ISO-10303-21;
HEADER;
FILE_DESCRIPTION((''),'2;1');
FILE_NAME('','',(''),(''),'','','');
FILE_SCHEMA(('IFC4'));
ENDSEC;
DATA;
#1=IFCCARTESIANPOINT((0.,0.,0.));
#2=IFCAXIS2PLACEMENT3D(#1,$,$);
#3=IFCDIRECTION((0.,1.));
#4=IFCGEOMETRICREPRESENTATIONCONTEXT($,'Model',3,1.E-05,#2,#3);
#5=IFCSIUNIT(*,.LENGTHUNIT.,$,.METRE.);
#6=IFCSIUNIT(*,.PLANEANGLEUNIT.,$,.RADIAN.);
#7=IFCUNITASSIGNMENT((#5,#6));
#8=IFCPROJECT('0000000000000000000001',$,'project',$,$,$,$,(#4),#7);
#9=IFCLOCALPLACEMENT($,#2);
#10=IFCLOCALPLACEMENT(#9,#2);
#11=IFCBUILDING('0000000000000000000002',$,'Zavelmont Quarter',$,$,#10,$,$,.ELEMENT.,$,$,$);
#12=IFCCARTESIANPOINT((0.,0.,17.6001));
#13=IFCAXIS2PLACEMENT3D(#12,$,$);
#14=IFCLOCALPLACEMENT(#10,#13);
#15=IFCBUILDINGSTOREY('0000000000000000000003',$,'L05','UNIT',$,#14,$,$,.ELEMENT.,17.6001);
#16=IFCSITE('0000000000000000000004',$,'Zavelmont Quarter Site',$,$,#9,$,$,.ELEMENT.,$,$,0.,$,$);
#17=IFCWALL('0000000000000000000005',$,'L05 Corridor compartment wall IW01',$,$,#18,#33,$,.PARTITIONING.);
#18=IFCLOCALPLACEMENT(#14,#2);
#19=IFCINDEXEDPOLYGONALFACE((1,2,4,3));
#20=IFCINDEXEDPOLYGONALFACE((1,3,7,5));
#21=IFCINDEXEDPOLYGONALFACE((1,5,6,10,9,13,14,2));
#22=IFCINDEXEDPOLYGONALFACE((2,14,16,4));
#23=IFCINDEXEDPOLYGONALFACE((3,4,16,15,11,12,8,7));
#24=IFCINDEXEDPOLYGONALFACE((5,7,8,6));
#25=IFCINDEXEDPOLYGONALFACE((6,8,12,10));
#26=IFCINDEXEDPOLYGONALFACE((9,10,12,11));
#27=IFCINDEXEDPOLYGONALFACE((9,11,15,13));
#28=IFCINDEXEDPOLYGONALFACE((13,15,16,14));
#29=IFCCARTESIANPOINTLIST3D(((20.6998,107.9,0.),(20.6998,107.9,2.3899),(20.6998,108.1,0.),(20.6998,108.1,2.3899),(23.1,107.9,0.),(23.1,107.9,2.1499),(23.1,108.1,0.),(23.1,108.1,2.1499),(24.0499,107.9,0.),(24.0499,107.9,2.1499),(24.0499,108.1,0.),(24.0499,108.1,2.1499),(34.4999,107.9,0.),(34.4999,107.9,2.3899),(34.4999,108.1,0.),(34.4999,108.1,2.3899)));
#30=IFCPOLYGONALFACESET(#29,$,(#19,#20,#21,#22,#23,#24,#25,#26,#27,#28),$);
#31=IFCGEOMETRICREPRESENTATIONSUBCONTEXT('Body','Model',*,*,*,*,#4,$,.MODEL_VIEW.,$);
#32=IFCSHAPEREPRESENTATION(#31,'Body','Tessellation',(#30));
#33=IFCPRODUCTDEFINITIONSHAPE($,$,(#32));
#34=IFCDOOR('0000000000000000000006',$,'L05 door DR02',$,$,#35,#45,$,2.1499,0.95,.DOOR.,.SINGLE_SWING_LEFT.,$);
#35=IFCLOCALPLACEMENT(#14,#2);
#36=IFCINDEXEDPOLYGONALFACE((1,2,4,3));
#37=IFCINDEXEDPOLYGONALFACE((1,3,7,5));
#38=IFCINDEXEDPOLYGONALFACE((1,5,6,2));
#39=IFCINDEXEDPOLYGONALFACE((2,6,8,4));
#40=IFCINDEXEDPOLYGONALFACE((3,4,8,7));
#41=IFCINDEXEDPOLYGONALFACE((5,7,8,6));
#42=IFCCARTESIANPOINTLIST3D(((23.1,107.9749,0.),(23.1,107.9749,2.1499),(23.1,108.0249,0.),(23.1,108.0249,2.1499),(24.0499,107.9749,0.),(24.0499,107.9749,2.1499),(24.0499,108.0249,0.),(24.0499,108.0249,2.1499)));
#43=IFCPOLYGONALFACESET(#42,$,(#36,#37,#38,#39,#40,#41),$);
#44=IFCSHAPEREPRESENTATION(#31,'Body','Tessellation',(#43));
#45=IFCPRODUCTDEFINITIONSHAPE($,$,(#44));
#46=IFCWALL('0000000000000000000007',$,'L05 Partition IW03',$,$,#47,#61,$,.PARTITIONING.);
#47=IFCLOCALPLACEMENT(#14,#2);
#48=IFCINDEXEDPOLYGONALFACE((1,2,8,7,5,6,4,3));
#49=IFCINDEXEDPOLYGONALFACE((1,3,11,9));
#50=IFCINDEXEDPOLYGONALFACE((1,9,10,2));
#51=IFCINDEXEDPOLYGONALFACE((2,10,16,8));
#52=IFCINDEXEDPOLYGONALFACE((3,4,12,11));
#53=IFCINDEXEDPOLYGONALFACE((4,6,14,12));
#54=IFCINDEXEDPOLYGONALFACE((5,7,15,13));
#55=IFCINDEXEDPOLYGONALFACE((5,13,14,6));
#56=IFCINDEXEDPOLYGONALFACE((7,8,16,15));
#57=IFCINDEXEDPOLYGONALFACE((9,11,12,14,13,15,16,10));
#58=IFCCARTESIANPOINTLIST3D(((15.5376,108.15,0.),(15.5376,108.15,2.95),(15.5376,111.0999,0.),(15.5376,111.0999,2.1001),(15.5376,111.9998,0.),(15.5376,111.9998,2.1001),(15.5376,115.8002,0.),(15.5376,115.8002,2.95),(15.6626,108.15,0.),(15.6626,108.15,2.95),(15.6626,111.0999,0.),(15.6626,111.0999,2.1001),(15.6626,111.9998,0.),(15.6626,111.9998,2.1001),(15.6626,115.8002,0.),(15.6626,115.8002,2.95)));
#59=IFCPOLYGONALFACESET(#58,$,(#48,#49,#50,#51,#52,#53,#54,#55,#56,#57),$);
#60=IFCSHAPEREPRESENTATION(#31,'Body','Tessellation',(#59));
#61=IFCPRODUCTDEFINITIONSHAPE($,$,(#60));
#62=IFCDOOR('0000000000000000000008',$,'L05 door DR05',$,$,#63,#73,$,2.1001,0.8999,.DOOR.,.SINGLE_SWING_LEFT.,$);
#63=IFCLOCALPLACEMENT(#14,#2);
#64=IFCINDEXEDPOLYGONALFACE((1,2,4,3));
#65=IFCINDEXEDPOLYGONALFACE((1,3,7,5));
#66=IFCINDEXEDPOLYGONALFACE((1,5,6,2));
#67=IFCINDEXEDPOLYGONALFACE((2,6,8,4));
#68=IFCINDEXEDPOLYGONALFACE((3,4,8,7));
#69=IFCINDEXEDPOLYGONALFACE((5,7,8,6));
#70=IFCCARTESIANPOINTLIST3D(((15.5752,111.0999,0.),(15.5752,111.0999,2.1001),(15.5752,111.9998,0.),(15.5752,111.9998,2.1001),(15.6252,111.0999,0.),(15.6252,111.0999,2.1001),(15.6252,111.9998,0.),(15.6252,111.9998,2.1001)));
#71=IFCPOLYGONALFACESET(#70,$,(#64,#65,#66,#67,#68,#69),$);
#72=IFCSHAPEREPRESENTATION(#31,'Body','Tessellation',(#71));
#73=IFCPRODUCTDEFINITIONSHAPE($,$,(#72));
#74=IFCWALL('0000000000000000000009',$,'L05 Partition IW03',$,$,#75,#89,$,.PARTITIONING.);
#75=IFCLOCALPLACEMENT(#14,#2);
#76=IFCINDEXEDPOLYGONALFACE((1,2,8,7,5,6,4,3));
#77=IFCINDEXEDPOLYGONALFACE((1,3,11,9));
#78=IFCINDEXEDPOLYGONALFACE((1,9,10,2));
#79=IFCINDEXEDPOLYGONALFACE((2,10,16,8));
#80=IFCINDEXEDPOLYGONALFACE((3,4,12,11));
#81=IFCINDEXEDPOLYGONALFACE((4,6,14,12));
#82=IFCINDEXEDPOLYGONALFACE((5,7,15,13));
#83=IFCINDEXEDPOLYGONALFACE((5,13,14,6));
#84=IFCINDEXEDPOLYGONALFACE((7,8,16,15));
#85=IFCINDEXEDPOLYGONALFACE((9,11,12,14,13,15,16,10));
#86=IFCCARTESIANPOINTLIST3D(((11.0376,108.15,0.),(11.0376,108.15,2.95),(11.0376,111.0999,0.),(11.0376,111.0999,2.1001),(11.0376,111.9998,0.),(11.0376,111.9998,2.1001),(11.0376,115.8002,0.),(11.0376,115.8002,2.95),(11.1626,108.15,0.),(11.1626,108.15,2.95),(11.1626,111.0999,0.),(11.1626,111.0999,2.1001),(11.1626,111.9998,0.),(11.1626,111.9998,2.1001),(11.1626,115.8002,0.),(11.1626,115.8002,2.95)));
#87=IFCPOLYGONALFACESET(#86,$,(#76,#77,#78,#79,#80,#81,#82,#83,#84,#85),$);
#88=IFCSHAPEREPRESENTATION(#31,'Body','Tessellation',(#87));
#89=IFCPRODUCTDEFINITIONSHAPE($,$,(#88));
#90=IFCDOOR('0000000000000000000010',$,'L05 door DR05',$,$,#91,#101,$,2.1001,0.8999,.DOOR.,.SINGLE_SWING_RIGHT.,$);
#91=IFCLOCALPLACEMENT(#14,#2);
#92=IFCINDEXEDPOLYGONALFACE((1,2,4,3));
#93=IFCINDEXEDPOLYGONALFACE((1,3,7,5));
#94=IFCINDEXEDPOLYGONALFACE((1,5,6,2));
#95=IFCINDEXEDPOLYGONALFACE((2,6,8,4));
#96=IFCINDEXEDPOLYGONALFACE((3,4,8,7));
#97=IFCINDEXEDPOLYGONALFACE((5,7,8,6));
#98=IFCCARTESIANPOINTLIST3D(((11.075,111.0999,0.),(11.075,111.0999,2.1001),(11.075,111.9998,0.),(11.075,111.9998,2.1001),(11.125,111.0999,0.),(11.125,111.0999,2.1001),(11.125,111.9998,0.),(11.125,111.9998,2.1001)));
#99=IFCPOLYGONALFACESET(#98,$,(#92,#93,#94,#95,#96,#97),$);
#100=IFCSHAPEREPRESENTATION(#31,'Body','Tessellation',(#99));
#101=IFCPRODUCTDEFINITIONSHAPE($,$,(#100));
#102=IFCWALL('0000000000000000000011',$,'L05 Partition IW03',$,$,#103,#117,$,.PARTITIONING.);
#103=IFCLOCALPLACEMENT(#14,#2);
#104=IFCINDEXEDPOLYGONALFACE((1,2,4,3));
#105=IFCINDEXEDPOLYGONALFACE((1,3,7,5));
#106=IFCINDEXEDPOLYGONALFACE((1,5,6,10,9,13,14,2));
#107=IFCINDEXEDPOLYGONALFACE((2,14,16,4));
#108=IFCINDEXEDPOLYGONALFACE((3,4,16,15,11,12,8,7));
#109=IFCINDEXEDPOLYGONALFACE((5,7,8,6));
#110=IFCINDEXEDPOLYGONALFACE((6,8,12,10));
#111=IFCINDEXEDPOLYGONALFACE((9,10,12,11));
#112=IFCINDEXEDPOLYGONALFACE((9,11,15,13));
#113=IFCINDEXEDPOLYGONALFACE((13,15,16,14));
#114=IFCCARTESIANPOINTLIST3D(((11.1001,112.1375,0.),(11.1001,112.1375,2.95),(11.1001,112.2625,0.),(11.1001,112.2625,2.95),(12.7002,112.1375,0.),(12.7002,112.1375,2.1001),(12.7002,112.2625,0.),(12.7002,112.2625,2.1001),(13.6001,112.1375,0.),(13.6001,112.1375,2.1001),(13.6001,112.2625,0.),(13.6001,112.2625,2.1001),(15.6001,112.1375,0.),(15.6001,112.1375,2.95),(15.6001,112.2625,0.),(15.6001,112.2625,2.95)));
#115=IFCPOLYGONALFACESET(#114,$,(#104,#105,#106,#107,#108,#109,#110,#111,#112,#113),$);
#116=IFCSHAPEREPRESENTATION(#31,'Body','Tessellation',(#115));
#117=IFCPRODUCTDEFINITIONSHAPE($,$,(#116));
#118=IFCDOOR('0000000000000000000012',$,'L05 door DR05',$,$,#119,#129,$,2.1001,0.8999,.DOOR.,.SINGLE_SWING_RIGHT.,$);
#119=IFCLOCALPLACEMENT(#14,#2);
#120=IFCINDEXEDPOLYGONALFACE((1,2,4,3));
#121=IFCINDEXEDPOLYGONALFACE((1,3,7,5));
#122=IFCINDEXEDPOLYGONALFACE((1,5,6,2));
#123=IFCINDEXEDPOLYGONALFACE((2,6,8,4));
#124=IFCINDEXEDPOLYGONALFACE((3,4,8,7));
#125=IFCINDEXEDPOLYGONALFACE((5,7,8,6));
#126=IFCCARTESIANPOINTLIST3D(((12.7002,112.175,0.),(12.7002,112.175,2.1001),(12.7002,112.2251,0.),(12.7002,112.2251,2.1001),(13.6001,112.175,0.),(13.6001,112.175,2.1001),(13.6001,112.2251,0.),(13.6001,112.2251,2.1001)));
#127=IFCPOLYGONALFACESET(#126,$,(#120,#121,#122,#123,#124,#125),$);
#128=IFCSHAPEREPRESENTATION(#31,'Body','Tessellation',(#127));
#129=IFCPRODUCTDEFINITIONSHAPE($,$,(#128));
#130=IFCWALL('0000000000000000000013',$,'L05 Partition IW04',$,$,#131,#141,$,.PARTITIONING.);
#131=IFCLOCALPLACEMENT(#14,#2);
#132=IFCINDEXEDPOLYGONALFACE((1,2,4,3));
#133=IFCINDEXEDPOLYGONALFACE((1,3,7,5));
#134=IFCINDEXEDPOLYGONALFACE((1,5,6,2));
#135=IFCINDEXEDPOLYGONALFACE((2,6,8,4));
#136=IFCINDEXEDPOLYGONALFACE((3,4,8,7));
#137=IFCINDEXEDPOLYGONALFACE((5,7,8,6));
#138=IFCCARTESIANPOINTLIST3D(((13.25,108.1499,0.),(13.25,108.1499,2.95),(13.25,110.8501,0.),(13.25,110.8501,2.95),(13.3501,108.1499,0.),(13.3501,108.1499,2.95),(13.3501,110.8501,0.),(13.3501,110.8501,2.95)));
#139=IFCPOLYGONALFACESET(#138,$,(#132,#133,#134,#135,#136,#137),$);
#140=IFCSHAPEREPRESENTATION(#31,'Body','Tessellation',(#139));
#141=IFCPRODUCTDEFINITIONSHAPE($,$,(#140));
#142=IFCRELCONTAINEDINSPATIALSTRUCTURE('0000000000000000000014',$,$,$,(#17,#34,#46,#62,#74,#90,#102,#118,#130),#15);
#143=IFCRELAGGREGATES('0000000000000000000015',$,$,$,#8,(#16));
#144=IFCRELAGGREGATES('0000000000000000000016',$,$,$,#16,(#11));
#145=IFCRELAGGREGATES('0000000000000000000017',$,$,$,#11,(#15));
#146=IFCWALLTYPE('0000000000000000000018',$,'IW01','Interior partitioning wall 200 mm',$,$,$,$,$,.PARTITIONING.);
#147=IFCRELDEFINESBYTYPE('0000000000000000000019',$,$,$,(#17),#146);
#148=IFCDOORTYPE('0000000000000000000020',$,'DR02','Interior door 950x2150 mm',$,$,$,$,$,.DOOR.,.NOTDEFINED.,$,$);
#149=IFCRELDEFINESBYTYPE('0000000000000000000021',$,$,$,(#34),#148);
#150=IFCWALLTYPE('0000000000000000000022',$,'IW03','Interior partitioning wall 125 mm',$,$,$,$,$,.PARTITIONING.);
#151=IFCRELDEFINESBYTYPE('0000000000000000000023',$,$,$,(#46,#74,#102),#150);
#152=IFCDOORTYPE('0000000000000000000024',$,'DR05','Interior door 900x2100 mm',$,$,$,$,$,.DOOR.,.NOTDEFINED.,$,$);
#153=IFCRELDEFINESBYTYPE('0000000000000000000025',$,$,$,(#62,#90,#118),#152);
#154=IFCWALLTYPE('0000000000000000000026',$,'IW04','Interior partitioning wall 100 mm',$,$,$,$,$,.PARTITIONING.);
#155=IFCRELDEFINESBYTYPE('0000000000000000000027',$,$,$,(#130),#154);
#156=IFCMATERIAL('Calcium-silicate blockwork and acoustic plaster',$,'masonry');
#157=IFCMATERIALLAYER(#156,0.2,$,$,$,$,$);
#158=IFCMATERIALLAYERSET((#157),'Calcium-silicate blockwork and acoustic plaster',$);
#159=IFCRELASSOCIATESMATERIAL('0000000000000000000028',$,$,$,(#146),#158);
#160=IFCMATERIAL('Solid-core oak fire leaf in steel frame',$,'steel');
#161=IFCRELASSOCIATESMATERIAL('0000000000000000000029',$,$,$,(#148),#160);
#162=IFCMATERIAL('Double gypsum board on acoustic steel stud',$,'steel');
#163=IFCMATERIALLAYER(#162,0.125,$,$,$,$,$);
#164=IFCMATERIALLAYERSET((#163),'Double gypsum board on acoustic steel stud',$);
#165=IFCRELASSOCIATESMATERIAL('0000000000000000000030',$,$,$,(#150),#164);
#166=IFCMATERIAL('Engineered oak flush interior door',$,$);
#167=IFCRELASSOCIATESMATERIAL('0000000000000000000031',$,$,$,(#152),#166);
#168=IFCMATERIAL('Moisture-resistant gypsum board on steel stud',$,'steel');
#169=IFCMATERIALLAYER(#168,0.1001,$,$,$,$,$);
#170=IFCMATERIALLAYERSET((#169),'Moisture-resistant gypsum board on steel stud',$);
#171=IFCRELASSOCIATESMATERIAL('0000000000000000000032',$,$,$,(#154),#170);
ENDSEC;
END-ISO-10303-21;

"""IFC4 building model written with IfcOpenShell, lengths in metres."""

from ifc_helpers import new_model, si_unit, direction, frame, frame_2d, origin, origin_with_axes, place, context, subcontext, project, spatial, rectangle, extrude, material, layer, layer_set, type_object, element, fill, save


model = new_model("IFC4")

# Units and contexts
model_context = context("Model", 3, precision=1e-05, world=origin(), true_north=direction((0.0, 1.0)))
body_context = subcontext(model_context, "Body", "Model", "MODEL_VIEW")
ifc_project = project(units=[si_unit("LENGTHUNIT", "METRE"), si_unit("PLANEANGLEUNIT", "RADIAN")], contexts=[model_context])

# Site, building, storey
site_placement = place(None, origin())
site = spatial("IfcSite", under=ifc_project, at=site_placement, Name="Zavelmont Quarter Site", CompositionType="ELEMENT", RefElevation=0.0)
building_placement = place(site_placement, origin())
building = spatial("IfcBuilding", under=site, at=building_placement, Name="Zavelmont Quarter", CompositionType="ELEMENT")
storey_placement = place(building_placement, frame((0.0, 0.0, 17.6001)))
storey = spatial("IfcBuildingStorey", under=building, at=storey_placement, Name="L05", Description="UNIT", CompositionType="ELEMENT", Elevation=17.6001)

# Shared definitions
ifc_material_1 = material(Name="Calcium-silicate blockwork and acoustic plaster", Category="masonry")
ifc_layer_1 = layer(ifc_material_1, 0.2)
ifc_layer_set_1 = layer_set([ifc_layer_1], Name="Calcium-silicate blockwork and acoustic plaster")
wall_type_1 = type_object("IfcWallType", Name="IW01", Description="Interior partitioning wall 200 mm", PredefinedType="PARTITIONING", material=ifc_layer_set_1)

# Walls, openings, doors
wall_1_placement = place(storey_placement, frame((20.7, 108.0, 0.0), z_axis=(0.0, 0.0, 1.0), x_axis=(1.0, 0.0, 0.0)))
wall_1 = element("IfcWall", 1, at=wall_1_placement, inside=storey, type_object=wall_type_1, Name="L05 Corridor compartment wall IW01", PredefinedType="PARTITIONING", context=body_context, shape_type="SweptSolid", body=[
    extrude(rectangle(XDim=13.8, YDim=0.2, at=frame_2d((6.8999, 0.0))), origin(), (0.0, 0.0, 1.0), 2.3899),
])
opening_1_placement = place(wall_1_placement, frame((2.3999, 0.0, 0.0)))
opening_1 = element("IfcOpeningElement", 2, at=opening_1_placement, cuts=wall_1, PredefinedType="OPENING", context=body_context, shape_type="SweptSolid", body=[
    extrude(rectangle(XDim=0.95, YDim=2.1499, at=frame_2d((0.4751, 1.075))), frame((0.0, 0.1118, 0.0), z_axis=(0.0, -1.0, 0.0), x_axis=(1.0, 0.0, 0.0)), (0.0, 0.0, 1.0), 0.2239),
])
ifc_material_2 = material(Name="Solid-core oak fire leaf in steel frame", Category="steel")
door_type_1 = type_object("IfcDoorType", Name="DR02", Description="Interior door 950x2150 mm", OperationType="NOTDEFINED", PredefinedType="DOOR", material=ifc_material_2)
door_1_placement = place(opening_1_placement, origin_with_axes())
door_1 = element("IfcDoor", 3, at=door_1_placement, inside=storey, type_object=door_type_1, Name="L05 door DR02", OperationType="SINGLE_SWING_LEFT", OverallHeight=2.1499, OverallWidth=0.95, PredefinedType="DOOR", context=body_context, shape_type="SweptSolid", body=[
    extrude(rectangle(XDim=0.95, YDim=2.1499, at=frame_2d((0.4751, 1.075))), frame((0.0, 0.0249, 0.0), z_axis=(0.0, -1.0, 0.0), x_axis=(1.0, 0.0, 0.0)), (0.0, 0.0, 1.0), 0.05),
])
fill(opening_1, door_1)
ifc_material_3 = material(Name="Double gypsum board on acoustic steel stud", Category="steel")
ifc_layer_2 = layer(ifc_material_3, 0.125)
ifc_layer_set_2 = layer_set([ifc_layer_2], Name="Double gypsum board on acoustic steel stud")
wall_type_2 = type_object("IfcWallType", Name="IW03", Description="Interior partitioning wall 125 mm", PredefinedType="PARTITIONING", material=ifc_layer_set_2)
wall_2_placement = place(storey_placement, frame((15.6001, 108.1499, 0.0), z_axis=(0.0, 0.0, 1.0), x_axis=(0.0, 1.0, 0.0)))
wall_2 = element("IfcWall", 4, at=wall_2_placement, inside=storey, type_object=wall_type_2, Name="L05 Partition IW03", PredefinedType="PARTITIONING", context=body_context, shape_type="SweptSolid", body=[
    extrude(rectangle(XDim=7.6501, YDim=0.125, at=frame_2d((3.8252, 0.0))), origin(), (0.0, 0.0, 1.0), 2.95),
])
opening_2_placement = place(wall_2_placement, frame((2.95, 0.0, 0.0)))
opening_2 = element("IfcOpeningElement", 5, at=opening_2_placement, cuts=wall_2, PredefinedType="OPENING", context=body_context, shape_type="SweptSolid", body=[
    extrude(rectangle(XDim=0.8999, YDim=2.1001, at=frame_2d((0.45, 1.05))), frame((0.0, 0.0745, 0.0), z_axis=(0.0, -1.0, 0.0), x_axis=(1.0, 0.0, 0.0)), (0.0, 0.0, 1.0), 0.1489),
])
ifc_material_4 = material(Name="Engineered oak flush interior door")
door_type_2 = type_object("IfcDoorType", Name="DR05", Description="Interior door 900x2100 mm", OperationType="NOTDEFINED", PredefinedType="DOOR", material=ifc_material_4)
door_2_placement = place(opening_2_placement, origin_with_axes())
door_2 = element("IfcDoor", 6, at=door_2_placement, inside=storey, type_object=door_type_2, Name="L05 door DR05", OperationType="SINGLE_SWING_LEFT", OverallHeight=2.1001, OverallWidth=0.8999, PredefinedType="DOOR", context=body_context, shape_type="SweptSolid", body=[
    extrude(rectangle(XDim=0.8999, YDim=2.1001, at=frame_2d((0.45, 1.05))), frame((0.0, 0.0249, 0.0), z_axis=(0.0, -1.0, 0.0), x_axis=(1.0, 0.0, 0.0)), (0.0, 0.0, 1.0), 0.05),
])
fill(opening_2, door_2)
wall_3_placement = place(storey_placement, frame((11.1001, 108.1499, 0.0), z_axis=(0.0, 0.0, 1.0), x_axis=(0.0, 1.0, 0.0)))
wall_3 = element("IfcWall", 7, at=wall_3_placement, inside=storey, type_object=wall_type_2, Name="L05 Partition IW03", PredefinedType="PARTITIONING", context=body_context, shape_type="SweptSolid", body=[
    extrude(rectangle(XDim=7.6501, YDim=0.125, at=frame_2d((3.8252, 0.0))), origin(), (0.0, 0.0, 1.0), 2.95),
])
opening_3_placement = place(wall_3_placement, frame((2.95, 0.0, 0.0)))
opening_3 = element("IfcOpeningElement", 8, at=opening_3_placement, cuts=wall_3, PredefinedType="OPENING", context=body_context, shape_type="SweptSolid", body=[
    extrude(rectangle(XDim=0.8999, YDim=2.1001, at=frame_2d((0.45, 1.05))), frame((0.0, 0.0745, 0.0), z_axis=(0.0, -1.0, 0.0), x_axis=(1.0, 0.0, 0.0)), (0.0, 0.0, 1.0), 0.1489),
])
door_3_placement = place(opening_3_placement, frame((0.8999, 0.0, 0.0), z_axis=(0.0, 0.0, 1.0), x_axis=(-1.0, 0.0, 0.0)))
door_3 = element("IfcDoor", 9, at=door_3_placement, inside=storey, type_object=door_type_2, Name="L05 door DR05", OperationType="SINGLE_SWING_RIGHT", OverallHeight=2.1001, OverallWidth=0.8999, PredefinedType="DOOR", context=body_context, shape_type="SweptSolid", body=[
    extrude(rectangle(XDim=0.8999, YDim=2.1001, at=frame_2d((0.45, 1.05))), frame((0.0, 0.0249, 0.0), z_axis=(0.0, -1.0, 0.0), x_axis=(1.0, 0.0, 0.0)), (0.0, 0.0, 1.0), 0.05),
])
fill(opening_3, door_3)
wall_4_placement = place(storey_placement, frame((11.1001, 112.2, 0.0), z_axis=(0.0, 0.0, 1.0), x_axis=(1.0, 0.0, 0.0)))
wall_4 = element("IfcWall", 10, at=wall_4_placement, inside=storey, type_object=wall_type_2, Name="L05 Partition IW03", PredefinedType="PARTITIONING", context=body_context, shape_type="SweptSolid", body=[
    extrude(rectangle(XDim=4.5, YDim=0.125, at=frame_2d((2.25, 0.0))), origin(), (0.0, 0.0, 1.0), 2.95),
])
opening_4_placement = place(wall_4_placement, frame((1.6001, 0.0, 0.0)))
opening_4 = element("IfcOpeningElement", 11, at=opening_4_placement, cuts=wall_4, PredefinedType="OPENING", context=body_context, shape_type="SweptSolid", body=[
    extrude(rectangle(XDim=0.8999, YDim=2.1001, at=frame_2d((0.45, 1.05))), frame((0.0, 0.0745, 0.0), z_axis=(0.0, -1.0, 0.0), x_axis=(1.0, 0.0, 0.0)), (0.0, 0.0, 1.0), 0.1489),
])
door_4_placement = place(opening_4_placement, frame((0.8999, 0.0, 0.0), z_axis=(0.0, 0.0, 1.0), x_axis=(-1.0, 0.0, 0.0)))
door_4 = element("IfcDoor", 12, at=door_4_placement, inside=storey, type_object=door_type_2, Name="L05 door DR05", OperationType="SINGLE_SWING_RIGHT", OverallHeight=2.1001, OverallWidth=0.8999, PredefinedType="DOOR", context=body_context, shape_type="SweptSolid", body=[
    extrude(rectangle(XDim=0.8999, YDim=2.1001, at=frame_2d((0.45, 1.05))), frame((0.0, 0.0249, 0.0), z_axis=(0.0, -1.0, 0.0), x_axis=(1.0, 0.0, 0.0)), (0.0, 0.0, 1.0), 0.05),
])
fill(opening_4, door_4)

# Wall
ifc_material_5 = material(Name="Moisture-resistant gypsum board on steel stud", Category="steel")
ifc_layer_3 = layer(ifc_material_5, 0.1001)
ifc_layer_set_3 = layer_set([ifc_layer_3], Name="Moisture-resistant gypsum board on steel stud")
wall_type_3 = type_object("IfcWallType", Name="IW04", Description="Interior partitioning wall 100 mm", PredefinedType="PARTITIONING", material=ifc_layer_set_3)
wall_5_placement = place(storey_placement, frame((13.3, 108.1499, 0.0), z_axis=(0.0, 0.0, 1.0), x_axis=(0.0, 1.0, 0.0)))
element("IfcWall", 13, at=wall_5_placement, inside=storey, type_object=wall_type_3, Name="L05 Partition IW04", PredefinedType="PARTITIONING", context=body_context, shape_type="SweptSolid", body=[
    extrude(rectangle(XDim=2.7002, YDim=0.1001, at=frame_2d((1.3501, 0.0))), origin(), (0.0, 0.0, 1.0), 2.95),
])

save(model, "model.ifc")
